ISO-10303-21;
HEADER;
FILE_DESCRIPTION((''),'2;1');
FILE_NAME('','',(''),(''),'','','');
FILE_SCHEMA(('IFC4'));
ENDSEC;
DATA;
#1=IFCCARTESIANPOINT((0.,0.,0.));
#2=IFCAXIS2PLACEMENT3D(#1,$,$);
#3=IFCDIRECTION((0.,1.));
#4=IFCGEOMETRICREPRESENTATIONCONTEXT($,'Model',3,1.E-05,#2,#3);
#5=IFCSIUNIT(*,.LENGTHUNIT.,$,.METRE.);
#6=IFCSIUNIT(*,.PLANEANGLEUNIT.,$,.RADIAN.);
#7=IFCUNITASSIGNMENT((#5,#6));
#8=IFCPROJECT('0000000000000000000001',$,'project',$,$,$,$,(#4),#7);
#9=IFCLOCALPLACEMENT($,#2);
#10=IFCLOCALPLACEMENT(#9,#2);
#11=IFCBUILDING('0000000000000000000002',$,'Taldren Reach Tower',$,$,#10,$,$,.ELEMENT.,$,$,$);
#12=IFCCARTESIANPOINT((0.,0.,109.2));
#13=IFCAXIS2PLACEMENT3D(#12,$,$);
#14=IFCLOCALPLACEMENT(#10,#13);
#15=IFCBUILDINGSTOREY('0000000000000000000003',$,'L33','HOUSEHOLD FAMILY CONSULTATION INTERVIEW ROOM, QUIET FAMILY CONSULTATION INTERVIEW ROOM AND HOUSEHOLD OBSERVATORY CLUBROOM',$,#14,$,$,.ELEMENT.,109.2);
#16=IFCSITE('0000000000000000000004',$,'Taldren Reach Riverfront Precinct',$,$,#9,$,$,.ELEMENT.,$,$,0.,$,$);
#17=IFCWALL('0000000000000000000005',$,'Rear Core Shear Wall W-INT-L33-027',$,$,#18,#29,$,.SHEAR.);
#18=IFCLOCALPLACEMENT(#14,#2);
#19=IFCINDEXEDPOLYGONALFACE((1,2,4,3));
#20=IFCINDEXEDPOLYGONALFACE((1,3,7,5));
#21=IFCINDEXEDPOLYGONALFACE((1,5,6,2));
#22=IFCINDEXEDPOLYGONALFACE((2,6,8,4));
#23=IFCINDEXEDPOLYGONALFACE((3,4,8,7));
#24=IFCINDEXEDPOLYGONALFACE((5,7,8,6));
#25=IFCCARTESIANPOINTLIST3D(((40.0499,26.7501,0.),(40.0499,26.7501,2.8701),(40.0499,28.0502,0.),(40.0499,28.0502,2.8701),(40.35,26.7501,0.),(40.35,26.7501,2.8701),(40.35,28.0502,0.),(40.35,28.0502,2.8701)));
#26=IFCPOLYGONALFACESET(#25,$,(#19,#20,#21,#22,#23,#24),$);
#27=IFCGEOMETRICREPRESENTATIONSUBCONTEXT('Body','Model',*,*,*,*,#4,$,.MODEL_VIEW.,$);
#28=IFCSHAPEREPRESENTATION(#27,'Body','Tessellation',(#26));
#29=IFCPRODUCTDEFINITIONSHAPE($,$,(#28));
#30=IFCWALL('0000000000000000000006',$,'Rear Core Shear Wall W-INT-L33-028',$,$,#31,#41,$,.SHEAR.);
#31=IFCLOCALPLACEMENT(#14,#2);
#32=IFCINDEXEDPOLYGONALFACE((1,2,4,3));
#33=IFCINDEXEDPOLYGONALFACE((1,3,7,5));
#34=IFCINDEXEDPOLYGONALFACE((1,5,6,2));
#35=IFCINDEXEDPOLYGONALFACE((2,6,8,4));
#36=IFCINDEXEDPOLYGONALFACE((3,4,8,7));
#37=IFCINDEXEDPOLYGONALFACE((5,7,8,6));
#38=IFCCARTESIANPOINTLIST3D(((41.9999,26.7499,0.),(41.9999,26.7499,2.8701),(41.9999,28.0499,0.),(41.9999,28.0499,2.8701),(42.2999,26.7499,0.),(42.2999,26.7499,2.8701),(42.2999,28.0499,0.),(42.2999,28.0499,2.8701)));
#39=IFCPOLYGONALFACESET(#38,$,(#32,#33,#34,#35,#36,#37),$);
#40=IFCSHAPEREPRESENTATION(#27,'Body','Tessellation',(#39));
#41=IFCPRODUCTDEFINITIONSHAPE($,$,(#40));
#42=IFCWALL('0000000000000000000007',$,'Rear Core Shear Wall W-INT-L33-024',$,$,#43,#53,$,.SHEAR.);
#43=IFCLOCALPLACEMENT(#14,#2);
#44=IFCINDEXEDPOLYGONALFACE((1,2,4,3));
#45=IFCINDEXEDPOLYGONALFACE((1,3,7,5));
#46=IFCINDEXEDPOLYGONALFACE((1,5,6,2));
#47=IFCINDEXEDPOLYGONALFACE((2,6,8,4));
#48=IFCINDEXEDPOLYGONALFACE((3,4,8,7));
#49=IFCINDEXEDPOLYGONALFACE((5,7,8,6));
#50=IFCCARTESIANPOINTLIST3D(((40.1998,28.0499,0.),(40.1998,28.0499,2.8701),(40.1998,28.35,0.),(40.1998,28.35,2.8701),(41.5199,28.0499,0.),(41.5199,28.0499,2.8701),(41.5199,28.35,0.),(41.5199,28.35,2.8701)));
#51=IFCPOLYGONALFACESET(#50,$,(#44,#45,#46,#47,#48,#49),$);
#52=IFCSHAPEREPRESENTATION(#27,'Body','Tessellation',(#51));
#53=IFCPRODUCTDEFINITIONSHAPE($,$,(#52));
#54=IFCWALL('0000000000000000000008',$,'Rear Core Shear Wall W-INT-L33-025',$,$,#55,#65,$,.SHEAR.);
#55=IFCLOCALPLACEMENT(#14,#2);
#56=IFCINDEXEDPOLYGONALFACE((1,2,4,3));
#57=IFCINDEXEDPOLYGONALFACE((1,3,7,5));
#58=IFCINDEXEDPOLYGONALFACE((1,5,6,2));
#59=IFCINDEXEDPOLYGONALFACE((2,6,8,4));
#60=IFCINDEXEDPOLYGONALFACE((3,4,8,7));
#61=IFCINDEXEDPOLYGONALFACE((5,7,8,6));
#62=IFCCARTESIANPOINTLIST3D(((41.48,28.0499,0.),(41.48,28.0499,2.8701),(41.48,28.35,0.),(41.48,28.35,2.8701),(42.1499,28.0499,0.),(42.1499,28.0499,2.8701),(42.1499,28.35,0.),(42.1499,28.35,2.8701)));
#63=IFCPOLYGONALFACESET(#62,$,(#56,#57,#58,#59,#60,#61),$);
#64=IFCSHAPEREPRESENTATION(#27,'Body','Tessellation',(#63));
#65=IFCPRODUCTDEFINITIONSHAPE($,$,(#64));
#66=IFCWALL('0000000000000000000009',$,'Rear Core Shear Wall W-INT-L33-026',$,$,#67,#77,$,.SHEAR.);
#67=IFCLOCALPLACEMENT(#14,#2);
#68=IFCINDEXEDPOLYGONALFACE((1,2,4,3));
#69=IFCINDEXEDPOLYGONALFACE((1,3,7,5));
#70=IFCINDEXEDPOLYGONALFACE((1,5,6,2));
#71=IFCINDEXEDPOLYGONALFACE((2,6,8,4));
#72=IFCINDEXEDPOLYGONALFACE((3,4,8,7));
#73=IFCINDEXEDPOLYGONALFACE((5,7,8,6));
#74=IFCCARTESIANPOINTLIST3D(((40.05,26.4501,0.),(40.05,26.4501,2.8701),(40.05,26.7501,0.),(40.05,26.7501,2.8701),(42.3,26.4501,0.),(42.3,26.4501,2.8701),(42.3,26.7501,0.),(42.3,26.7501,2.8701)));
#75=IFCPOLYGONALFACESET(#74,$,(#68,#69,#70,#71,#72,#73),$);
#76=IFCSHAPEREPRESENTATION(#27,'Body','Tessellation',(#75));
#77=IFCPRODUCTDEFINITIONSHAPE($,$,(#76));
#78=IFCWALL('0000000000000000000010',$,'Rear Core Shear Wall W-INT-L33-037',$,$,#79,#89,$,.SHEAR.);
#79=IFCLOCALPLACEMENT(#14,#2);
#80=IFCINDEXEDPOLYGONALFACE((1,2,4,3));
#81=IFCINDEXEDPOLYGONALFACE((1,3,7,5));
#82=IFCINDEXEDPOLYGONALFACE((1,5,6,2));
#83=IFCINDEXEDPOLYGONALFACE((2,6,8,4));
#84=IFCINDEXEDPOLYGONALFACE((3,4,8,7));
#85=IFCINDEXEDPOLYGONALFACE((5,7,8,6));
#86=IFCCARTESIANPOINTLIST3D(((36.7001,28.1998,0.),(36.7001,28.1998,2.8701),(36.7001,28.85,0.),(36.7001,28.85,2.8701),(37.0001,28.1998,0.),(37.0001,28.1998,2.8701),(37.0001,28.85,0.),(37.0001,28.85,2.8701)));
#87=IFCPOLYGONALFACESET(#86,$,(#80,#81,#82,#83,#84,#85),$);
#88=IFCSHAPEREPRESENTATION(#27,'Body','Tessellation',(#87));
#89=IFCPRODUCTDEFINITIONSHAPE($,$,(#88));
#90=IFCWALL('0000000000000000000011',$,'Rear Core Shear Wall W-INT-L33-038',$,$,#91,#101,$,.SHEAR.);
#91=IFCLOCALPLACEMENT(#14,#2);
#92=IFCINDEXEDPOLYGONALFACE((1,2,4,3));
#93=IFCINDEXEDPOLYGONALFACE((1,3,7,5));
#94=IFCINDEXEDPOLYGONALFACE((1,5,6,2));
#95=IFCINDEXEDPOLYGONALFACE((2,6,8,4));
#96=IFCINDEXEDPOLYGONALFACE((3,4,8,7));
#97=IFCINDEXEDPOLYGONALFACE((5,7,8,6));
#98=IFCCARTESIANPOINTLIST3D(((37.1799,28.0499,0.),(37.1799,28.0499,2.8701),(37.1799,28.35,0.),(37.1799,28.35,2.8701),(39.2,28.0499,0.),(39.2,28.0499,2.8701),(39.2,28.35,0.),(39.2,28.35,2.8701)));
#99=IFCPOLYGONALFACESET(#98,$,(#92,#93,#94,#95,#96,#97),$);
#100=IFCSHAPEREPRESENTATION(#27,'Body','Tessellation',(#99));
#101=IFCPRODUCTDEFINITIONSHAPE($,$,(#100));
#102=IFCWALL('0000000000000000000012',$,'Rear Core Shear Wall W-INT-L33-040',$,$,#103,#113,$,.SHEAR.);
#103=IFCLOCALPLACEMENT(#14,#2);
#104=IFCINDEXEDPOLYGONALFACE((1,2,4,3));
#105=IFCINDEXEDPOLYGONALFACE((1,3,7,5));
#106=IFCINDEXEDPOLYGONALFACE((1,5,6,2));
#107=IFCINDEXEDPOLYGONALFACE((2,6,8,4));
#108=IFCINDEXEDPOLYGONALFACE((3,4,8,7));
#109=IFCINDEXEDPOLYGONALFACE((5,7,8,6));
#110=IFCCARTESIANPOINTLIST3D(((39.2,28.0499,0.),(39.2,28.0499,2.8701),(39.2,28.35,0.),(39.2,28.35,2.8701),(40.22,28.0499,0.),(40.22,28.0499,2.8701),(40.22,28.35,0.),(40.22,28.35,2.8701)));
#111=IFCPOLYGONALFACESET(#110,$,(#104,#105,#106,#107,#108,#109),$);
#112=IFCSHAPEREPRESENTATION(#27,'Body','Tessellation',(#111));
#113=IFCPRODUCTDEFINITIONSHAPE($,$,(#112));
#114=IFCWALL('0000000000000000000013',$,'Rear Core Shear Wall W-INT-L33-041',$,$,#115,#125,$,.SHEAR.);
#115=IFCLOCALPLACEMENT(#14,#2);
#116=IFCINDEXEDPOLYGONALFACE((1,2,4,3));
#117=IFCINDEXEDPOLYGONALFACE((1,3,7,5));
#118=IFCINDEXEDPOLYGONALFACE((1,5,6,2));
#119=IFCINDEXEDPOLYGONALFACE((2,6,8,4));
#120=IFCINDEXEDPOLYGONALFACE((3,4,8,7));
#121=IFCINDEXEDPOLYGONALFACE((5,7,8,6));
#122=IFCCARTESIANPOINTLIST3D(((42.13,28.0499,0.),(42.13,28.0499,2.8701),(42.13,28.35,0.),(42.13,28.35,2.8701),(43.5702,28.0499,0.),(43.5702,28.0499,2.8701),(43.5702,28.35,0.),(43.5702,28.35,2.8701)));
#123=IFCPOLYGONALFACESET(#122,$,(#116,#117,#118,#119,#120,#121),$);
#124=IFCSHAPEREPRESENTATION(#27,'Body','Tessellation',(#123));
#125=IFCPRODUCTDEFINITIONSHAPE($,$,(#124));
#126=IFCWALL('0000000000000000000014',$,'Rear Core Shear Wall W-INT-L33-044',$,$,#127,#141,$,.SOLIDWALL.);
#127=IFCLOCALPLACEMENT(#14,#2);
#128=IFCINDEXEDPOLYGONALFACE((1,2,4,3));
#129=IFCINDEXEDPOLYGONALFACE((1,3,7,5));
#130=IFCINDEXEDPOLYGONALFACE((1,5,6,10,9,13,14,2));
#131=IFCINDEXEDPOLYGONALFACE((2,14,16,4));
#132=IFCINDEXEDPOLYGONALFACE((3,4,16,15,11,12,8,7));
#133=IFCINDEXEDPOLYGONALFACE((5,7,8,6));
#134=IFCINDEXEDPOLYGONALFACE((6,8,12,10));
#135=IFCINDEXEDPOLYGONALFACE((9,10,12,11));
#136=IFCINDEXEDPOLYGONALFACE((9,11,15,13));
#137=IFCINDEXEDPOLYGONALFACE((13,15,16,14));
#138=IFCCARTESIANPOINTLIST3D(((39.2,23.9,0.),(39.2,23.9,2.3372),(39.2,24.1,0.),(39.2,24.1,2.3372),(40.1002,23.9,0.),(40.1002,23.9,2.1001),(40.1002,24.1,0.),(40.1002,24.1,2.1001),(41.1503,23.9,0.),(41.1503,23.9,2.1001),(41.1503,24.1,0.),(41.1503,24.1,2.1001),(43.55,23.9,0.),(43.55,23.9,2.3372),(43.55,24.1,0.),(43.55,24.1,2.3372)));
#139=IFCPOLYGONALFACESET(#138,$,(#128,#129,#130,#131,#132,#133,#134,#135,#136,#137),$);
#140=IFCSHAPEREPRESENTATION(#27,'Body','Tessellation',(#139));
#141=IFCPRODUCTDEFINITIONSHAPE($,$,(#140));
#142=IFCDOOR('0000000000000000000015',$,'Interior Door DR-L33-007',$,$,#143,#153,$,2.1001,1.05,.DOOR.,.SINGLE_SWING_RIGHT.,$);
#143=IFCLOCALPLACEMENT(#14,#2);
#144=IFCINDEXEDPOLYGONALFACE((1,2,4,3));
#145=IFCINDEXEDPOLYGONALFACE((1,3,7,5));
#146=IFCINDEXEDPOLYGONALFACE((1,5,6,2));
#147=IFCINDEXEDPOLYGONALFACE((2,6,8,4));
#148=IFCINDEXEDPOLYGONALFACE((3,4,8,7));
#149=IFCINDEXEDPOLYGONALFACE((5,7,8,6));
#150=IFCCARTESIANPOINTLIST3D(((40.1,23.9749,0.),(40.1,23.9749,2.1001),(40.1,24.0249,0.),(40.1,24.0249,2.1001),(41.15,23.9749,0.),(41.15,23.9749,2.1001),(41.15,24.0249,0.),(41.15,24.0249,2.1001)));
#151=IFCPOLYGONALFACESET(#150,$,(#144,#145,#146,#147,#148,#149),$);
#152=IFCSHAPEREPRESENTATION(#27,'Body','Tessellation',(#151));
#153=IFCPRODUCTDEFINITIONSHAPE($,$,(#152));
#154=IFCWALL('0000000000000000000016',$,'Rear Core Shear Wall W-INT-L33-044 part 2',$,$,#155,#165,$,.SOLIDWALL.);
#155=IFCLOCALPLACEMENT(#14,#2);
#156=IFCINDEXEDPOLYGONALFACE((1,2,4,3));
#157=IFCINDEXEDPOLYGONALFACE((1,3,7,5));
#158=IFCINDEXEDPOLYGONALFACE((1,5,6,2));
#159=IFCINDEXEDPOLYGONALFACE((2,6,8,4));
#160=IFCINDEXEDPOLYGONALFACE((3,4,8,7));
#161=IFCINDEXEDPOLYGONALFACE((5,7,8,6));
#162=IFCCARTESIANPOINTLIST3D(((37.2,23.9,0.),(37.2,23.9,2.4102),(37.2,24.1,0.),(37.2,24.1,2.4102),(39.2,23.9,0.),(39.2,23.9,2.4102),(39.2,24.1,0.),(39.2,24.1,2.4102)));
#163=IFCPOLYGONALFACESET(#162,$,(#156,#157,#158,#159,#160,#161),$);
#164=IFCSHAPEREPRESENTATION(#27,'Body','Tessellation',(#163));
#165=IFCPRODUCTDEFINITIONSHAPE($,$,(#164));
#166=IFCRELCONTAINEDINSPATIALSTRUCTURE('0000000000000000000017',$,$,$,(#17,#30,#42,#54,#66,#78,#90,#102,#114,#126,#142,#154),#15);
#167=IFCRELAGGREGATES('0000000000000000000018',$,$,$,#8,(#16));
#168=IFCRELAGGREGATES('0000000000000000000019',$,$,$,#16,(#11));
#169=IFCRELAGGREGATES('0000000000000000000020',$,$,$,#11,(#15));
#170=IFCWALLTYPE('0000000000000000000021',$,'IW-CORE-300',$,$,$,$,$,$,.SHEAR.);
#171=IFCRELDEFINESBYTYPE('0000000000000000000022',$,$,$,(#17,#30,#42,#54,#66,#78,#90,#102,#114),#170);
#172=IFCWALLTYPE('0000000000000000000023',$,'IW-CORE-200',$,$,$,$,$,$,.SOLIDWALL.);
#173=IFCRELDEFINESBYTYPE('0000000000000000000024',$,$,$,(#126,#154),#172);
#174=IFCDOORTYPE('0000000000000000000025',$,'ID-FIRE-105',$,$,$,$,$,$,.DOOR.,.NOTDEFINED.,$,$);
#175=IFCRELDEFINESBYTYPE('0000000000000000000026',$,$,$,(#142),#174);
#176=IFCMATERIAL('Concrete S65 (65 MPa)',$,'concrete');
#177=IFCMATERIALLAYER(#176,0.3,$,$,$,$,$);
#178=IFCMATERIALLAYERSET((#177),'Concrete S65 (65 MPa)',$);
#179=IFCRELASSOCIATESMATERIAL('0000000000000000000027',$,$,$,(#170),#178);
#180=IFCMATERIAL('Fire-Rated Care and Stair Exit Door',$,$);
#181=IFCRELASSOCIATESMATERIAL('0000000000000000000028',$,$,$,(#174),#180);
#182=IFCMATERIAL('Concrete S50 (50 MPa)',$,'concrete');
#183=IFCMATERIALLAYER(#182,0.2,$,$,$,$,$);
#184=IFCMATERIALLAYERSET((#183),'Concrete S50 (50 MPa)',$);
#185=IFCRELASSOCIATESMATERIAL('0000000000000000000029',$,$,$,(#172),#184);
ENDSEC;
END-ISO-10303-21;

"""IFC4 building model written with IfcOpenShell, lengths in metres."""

from ifc_helpers import new_model, si_unit, direction, frame, frame_2d, origin, place, context, subcontext, project, spatial, rectangle, extrude, source, transform, mapped, material, layer, layer_set, type_object, element, fill, save


model = new_model("IFC4")

# Units and contexts
model_context = context("Model", 3, precision=1e-05, world=origin(), true_north=direction((0.0, 1.0)))
body_context = subcontext(model_context, "Body", "Model", "MODEL_VIEW")
ifc_project = project(units=[si_unit("LENGTHUNIT", "METRE"), si_unit("PLANEANGLEUNIT", "RADIAN")], contexts=[model_context])

# Site, building, storey
site_placement = place(None, origin())
site = spatial("IfcSite", under=ifc_project, at=site_placement, Name="Taldren Reach Riverfront Precinct", CompositionType="ELEMENT", RefElevation=0.0)
building_placement = place(site_placement, origin())
building = spatial("IfcBuilding", under=site, at=building_placement, Name="Taldren Reach Tower", CompositionType="ELEMENT")
storey_placement = place(building_placement, frame((0.0, 0.0, 109.2)))
storey = spatial("IfcBuildingStorey", under=building, at=storey_placement, Name="L33", Description="HOUSEHOLD FAMILY CONSULTATION INTERVIEW ROOM, QUIET FAMILY CONSULTATION INTERVIEW ROOM AND HOUSEHOLD OBSERVATORY CLUBROOM", CompositionType="ELEMENT", Elevation=109.2)

# Shared definitions
ifc_material_1 = material(Name="Concrete S65 (65 MPa)", Category="concrete")
ifc_layer_1 = layer(ifc_material_1, 0.3)
ifc_layer_set_1 = layer_set([ifc_layer_1], Name="Concrete S65 (65 MPa)")
wall_type_1 = type_object("IfcWallType", Name="IW-CORE-300", PredefinedType="SHEAR", material=ifc_layer_set_1)

# Shared definitions
ifc_material_2 = material(Name="Fire-Rated Care and Stair Exit Door")
door_type_1 = type_object("IfcDoorType", Name="ID-FIRE-105", OperationType="NOTDEFINED", PredefinedType="DOOR", material=ifc_material_2)
shared_shape_1 = source(origin(), body_context, "Body", "SweptSolid", [
    extrude(rectangle(XDim=1.05, YDim=2.1001, at=frame_2d((0.5249, 1.05))), frame((0.0, 0.0249, 0.0), z_axis=(0.0, -1.0, 0.0), x_axis=(1.0, 0.0, 0.0)), (0.0, 0.0, 1.0), 0.05),
])

# Shared definitions
ifc_material_3 = material(Name="Concrete S50 (50 MPa)", Category="concrete")
ifc_layer_2 = layer(ifc_material_3, 0.2)
ifc_layer_set_2 = layer_set([ifc_layer_2], Name="Concrete S50 (50 MPa)")
wall_type_2 = type_object("IfcWallType", Name="IW-CORE-200", PredefinedType="SOLIDWALL", material=ifc_layer_set_2)

# Shared definitions
shared_shape_2 = source(origin(), body_context, "Body", "SweptSolid", [
    extrude(rectangle(XDim=1.05, YDim=2.1001, at=frame_2d((0.5249, 1.05))), frame((0.0, 0.1099, 0.0), z_axis=(0.0, -1.0, 0.0), x_axis=(1.0, 0.0, 0.0)), (0.0, 0.0, 1.0), 0.22),
])

# Walls
shared_shape_3 = source(origin(), body_context, "Body", "SweptSolid", [
    extrude(rectangle(XDim=1.3, YDim=0.3, at=frame_2d((0.6499, 0.0))), origin(), (0.0, 0.0, 1.0), 2.8701),
])
for number, where, z_axis, x_axis, name in (
    (1, (40.2, 28.05, 0.0), (0.0, 0.0, 1.0), (0.0, -1.0, 0.0), "Rear Core Shear Wall W-INT-L33-027"),
    (2, (42.1499, 26.75, 0.0), (0.0, 0.0, 1.0), (0.0, 1.0, 0.0), "Rear Core Shear Wall W-INT-L33-028"),
):
    element("IfcWall", number, at=place(storey_placement, frame(where, z_axis=z_axis, x_axis=x_axis)), inside=storey, type_object=wall_type_1, Name=name, PredefinedType="SHEAR", context=body_context, shape_type="MappedRepresentation", body=[
        mapped(shared_shape_3, transform((0.0, 0.0, 0.0), scale=1.0)),
    ])
shared_shape_4 = source(origin(), body_context, "Body", "SweptSolid", [
    extrude(rectangle(XDim=1.3201, YDim=0.3, at=frame_2d((0.6602, 0.0))), origin(), (0.0, 0.0, 1.0), 2.8701),
])
wall_1_placement = place(storey_placement, frame((41.52, 28.2, 0.0), z_axis=(0.0, 0.0, 1.0), x_axis=(-1.0, 0.0, 0.0)))
element("IfcWall", 3, at=wall_1_placement, inside=storey, type_object=wall_type_1, Name="Rear Core Shear Wall W-INT-L33-024", PredefinedType="SHEAR", context=body_context, shape_type="MappedRepresentation", body=[
    mapped(shared_shape_4, transform((0.0, 0.0, 0.0), scale=1.0)),
])
shared_shape_5 = source(origin(), body_context, "Body", "SweptSolid", [
    extrude(rectangle(XDim=0.6699, YDim=0.3, at=frame_2d((0.335, 0.0))), origin(), (0.0, 0.0, 1.0), 2.8701),
])
wall_2_placement = place(storey_placement, frame((42.1499, 28.2, 0.0), z_axis=(0.0, 0.0, 1.0), x_axis=(-1.0, 0.0, 0.0)))
element("IfcWall", 4, at=wall_2_placement, inside=storey, type_object=wall_type_1, Name="Rear Core Shear Wall W-INT-L33-025", PredefinedType="SHEAR", context=body_context, shape_type="MappedRepresentation", body=[
    mapped(shared_shape_5, transform((0.0, 0.0, 0.0), scale=1.0)),
])
shared_shape_6 = source(origin(), body_context, "Body", "SweptSolid", [
    extrude(rectangle(XDim=2.25, YDim=0.3, at=frame_2d((1.125, 0.0))), origin(), (0.0, 0.0, 1.0), 2.8701),
])
wall_3_placement = place(storey_placement, frame((40.05, 26.6001, 0.0), z_axis=(0.0, 0.0, 1.0), x_axis=(1.0, 0.0, 0.0)))
element("IfcWall", 5, at=wall_3_placement, inside=storey, type_object=wall_type_1, Name="Rear Core Shear Wall W-INT-L33-026", PredefinedType="SHEAR", context=body_context, shape_type="MappedRepresentation", body=[
    mapped(shared_shape_6, transform((0.0, 0.0, 0.0), scale=1.0)),
])
shared_shape_7 = source(origin(), body_context, "Body", "SweptSolid", [
    extrude(rectangle(XDim=0.6501, YDim=0.3, at=frame_2d((0.3252, 0.0))), origin(), (0.0, 0.0, 1.0), 2.8701),
])
wall_4_placement = place(storey_placement, frame((36.8501, 28.8501, 0.0), z_axis=(0.0, 0.0, 1.0), x_axis=(0.0, -1.0, 0.0)))
element("IfcWall", 6, at=wall_4_placement, inside=storey, type_object=wall_type_1, Name="Rear Core Shear Wall W-INT-L33-037", PredefinedType="SHEAR", context=body_context, shape_type="MappedRepresentation", body=[
    mapped(shared_shape_7, transform((0.0, 0.0, 0.0), scale=1.0)),
])
shared_shape_8 = source(origin(), body_context, "Body", "SweptSolid", [
    extrude(rectangle(XDim=2.02, YDim=0.3, at=frame_2d((1.01, 0.0))), origin(), (0.0, 0.0, 1.0), 2.8701),
])
wall_5_placement = place(storey_placement, frame((37.1799, 28.2, 0.0), z_axis=(0.0, 0.0, 1.0), x_axis=(1.0, 0.0, 0.0)))
element("IfcWall", 7, at=wall_5_placement, inside=storey, type_object=wall_type_1, Name="Rear Core Shear Wall W-INT-L33-038", PredefinedType="SHEAR", context=body_context, shape_type="MappedRepresentation", body=[
    mapped(shared_shape_8, transform((0.0, 0.0, 0.0), scale=1.0)),
])
shared_shape_9 = source(origin(), body_context, "Body", "SweptSolid", [
    extrude(rectangle(XDim=1.02, YDim=0.3, at=frame_2d((0.51, 0.0))), origin(), (0.0, 0.0, 1.0), 2.8701),
])
wall_6_placement = place(storey_placement, frame((39.2, 28.2, 0.0), z_axis=(0.0, 0.0, 1.0), x_axis=(1.0, 0.0, 0.0)))
element("IfcWall", 8, at=wall_6_placement, inside=storey, type_object=wall_type_1, Name="Rear Core Shear Wall W-INT-L33-040", PredefinedType="SHEAR", context=body_context, shape_type="MappedRepresentation", body=[
    mapped(shared_shape_9, transform((0.0, 0.0, 0.0), scale=1.0)),
])
shared_shape_10 = source(origin(), body_context, "Body", "SweptSolid", [
    extrude(rectangle(XDim=1.4402, YDim=0.3, at=frame_2d((0.7202, 0.0))), origin(), (0.0, 0.0, 1.0), 2.8701),
])
wall_7_placement = place(storey_placement, frame((42.1299, 28.2, 0.0), z_axis=(0.0, 0.0, 1.0), x_axis=(1.0, 0.0, 0.0)))
element("IfcWall", 9, at=wall_7_placement, inside=storey, type_object=wall_type_1, Name="Rear Core Shear Wall W-INT-L33-041", PredefinedType="SHEAR", context=body_context, shape_type="MappedRepresentation", body=[
    mapped(shared_shape_10, transform((0.0, 0.0, 0.0), scale=1.0)),
])

# Wall, opening, door
shared_shape_11 = source(origin(), body_context, "Body", "SweptSolid", [
    extrude(rectangle(XDim=4.3501, YDim=0.2, at=frame_2d((2.175, 0.0))), origin(), (0.0, 0.0, 1.0), 2.3372),
])
wall_8_placement = place(storey_placement, frame((43.55, 24.0, 0.0), z_axis=(0.0, 0.0, 1.0), x_axis=(-1.0, 0.0, 0.0)))
wall_8 = element("IfcWall", 10, at=wall_8_placement, inside=storey, type_object=wall_type_2, Name="Rear Core Shear Wall W-INT-L33-044", PredefinedType="SOLIDWALL", context=body_context, shape_type="MappedRepresentation", body=[
    mapped(shared_shape_11, transform((0.0, 0.0, 0.0), scale=1.0)),
])
opening_1_placement = place(wall_8_placement, frame((2.3999, 0.0, 0.0)))
opening_1 = element("IfcOpeningElement", 11, at=opening_1_placement, cuts=wall_8, PredefinedType="OPENING", context=body_context, shape_type="MappedRepresentation", body=[
    mapped(shared_shape_2, transform((0.0, 0.0, 0.0), scale=1.0)),
])
door_1_placement = place(opening_1_placement, frame((1.05, 0.0, 0.0), z_axis=(0.0, 0.0, 1.0), x_axis=(-1.0, 0.0, 0.0)))
door_1 = element("IfcDoor", 12, at=door_1_placement, inside=storey, type_object=door_type_1, Name="Interior Door DR-L33-007", OperationType="SINGLE_SWING_RIGHT", OverallHeight=2.1001, OverallWidth=1.05, PredefinedType="DOOR", context=body_context, shape_type="MappedRepresentation", body=[
    mapped(shared_shape_1, transform((0.0, 0.0, 0.0), scale=1.0)),
])
fill(opening_1, door_1)

# Wall
shared_shape_12 = source(origin(), body_context, "Body", "SweptSolid", [
    extrude(rectangle(XDim=2.0, YDim=0.2, at=frame_2d((1.0, 0.0))), origin(), (0.0, 0.0, 1.0), 2.4102),
])
wall_9_placement = place(storey_placement, frame((39.2, 24.0, 0.0), z_axis=(0.0, 0.0, 1.0), x_axis=(-1.0, 0.0, 0.0)))
element("IfcWall", 13, at=wall_9_placement, inside=storey, type_object=wall_type_2, Name="Rear Core Shear Wall W-INT-L33-044 part 2", PredefinedType="SOLIDWALL", context=body_context, shape_type="MappedRepresentation", body=[
    mapped(shared_shape_12, transform((0.0, 0.0, 0.0), scale=1.0)),
])

save(model, "model.ifc")
